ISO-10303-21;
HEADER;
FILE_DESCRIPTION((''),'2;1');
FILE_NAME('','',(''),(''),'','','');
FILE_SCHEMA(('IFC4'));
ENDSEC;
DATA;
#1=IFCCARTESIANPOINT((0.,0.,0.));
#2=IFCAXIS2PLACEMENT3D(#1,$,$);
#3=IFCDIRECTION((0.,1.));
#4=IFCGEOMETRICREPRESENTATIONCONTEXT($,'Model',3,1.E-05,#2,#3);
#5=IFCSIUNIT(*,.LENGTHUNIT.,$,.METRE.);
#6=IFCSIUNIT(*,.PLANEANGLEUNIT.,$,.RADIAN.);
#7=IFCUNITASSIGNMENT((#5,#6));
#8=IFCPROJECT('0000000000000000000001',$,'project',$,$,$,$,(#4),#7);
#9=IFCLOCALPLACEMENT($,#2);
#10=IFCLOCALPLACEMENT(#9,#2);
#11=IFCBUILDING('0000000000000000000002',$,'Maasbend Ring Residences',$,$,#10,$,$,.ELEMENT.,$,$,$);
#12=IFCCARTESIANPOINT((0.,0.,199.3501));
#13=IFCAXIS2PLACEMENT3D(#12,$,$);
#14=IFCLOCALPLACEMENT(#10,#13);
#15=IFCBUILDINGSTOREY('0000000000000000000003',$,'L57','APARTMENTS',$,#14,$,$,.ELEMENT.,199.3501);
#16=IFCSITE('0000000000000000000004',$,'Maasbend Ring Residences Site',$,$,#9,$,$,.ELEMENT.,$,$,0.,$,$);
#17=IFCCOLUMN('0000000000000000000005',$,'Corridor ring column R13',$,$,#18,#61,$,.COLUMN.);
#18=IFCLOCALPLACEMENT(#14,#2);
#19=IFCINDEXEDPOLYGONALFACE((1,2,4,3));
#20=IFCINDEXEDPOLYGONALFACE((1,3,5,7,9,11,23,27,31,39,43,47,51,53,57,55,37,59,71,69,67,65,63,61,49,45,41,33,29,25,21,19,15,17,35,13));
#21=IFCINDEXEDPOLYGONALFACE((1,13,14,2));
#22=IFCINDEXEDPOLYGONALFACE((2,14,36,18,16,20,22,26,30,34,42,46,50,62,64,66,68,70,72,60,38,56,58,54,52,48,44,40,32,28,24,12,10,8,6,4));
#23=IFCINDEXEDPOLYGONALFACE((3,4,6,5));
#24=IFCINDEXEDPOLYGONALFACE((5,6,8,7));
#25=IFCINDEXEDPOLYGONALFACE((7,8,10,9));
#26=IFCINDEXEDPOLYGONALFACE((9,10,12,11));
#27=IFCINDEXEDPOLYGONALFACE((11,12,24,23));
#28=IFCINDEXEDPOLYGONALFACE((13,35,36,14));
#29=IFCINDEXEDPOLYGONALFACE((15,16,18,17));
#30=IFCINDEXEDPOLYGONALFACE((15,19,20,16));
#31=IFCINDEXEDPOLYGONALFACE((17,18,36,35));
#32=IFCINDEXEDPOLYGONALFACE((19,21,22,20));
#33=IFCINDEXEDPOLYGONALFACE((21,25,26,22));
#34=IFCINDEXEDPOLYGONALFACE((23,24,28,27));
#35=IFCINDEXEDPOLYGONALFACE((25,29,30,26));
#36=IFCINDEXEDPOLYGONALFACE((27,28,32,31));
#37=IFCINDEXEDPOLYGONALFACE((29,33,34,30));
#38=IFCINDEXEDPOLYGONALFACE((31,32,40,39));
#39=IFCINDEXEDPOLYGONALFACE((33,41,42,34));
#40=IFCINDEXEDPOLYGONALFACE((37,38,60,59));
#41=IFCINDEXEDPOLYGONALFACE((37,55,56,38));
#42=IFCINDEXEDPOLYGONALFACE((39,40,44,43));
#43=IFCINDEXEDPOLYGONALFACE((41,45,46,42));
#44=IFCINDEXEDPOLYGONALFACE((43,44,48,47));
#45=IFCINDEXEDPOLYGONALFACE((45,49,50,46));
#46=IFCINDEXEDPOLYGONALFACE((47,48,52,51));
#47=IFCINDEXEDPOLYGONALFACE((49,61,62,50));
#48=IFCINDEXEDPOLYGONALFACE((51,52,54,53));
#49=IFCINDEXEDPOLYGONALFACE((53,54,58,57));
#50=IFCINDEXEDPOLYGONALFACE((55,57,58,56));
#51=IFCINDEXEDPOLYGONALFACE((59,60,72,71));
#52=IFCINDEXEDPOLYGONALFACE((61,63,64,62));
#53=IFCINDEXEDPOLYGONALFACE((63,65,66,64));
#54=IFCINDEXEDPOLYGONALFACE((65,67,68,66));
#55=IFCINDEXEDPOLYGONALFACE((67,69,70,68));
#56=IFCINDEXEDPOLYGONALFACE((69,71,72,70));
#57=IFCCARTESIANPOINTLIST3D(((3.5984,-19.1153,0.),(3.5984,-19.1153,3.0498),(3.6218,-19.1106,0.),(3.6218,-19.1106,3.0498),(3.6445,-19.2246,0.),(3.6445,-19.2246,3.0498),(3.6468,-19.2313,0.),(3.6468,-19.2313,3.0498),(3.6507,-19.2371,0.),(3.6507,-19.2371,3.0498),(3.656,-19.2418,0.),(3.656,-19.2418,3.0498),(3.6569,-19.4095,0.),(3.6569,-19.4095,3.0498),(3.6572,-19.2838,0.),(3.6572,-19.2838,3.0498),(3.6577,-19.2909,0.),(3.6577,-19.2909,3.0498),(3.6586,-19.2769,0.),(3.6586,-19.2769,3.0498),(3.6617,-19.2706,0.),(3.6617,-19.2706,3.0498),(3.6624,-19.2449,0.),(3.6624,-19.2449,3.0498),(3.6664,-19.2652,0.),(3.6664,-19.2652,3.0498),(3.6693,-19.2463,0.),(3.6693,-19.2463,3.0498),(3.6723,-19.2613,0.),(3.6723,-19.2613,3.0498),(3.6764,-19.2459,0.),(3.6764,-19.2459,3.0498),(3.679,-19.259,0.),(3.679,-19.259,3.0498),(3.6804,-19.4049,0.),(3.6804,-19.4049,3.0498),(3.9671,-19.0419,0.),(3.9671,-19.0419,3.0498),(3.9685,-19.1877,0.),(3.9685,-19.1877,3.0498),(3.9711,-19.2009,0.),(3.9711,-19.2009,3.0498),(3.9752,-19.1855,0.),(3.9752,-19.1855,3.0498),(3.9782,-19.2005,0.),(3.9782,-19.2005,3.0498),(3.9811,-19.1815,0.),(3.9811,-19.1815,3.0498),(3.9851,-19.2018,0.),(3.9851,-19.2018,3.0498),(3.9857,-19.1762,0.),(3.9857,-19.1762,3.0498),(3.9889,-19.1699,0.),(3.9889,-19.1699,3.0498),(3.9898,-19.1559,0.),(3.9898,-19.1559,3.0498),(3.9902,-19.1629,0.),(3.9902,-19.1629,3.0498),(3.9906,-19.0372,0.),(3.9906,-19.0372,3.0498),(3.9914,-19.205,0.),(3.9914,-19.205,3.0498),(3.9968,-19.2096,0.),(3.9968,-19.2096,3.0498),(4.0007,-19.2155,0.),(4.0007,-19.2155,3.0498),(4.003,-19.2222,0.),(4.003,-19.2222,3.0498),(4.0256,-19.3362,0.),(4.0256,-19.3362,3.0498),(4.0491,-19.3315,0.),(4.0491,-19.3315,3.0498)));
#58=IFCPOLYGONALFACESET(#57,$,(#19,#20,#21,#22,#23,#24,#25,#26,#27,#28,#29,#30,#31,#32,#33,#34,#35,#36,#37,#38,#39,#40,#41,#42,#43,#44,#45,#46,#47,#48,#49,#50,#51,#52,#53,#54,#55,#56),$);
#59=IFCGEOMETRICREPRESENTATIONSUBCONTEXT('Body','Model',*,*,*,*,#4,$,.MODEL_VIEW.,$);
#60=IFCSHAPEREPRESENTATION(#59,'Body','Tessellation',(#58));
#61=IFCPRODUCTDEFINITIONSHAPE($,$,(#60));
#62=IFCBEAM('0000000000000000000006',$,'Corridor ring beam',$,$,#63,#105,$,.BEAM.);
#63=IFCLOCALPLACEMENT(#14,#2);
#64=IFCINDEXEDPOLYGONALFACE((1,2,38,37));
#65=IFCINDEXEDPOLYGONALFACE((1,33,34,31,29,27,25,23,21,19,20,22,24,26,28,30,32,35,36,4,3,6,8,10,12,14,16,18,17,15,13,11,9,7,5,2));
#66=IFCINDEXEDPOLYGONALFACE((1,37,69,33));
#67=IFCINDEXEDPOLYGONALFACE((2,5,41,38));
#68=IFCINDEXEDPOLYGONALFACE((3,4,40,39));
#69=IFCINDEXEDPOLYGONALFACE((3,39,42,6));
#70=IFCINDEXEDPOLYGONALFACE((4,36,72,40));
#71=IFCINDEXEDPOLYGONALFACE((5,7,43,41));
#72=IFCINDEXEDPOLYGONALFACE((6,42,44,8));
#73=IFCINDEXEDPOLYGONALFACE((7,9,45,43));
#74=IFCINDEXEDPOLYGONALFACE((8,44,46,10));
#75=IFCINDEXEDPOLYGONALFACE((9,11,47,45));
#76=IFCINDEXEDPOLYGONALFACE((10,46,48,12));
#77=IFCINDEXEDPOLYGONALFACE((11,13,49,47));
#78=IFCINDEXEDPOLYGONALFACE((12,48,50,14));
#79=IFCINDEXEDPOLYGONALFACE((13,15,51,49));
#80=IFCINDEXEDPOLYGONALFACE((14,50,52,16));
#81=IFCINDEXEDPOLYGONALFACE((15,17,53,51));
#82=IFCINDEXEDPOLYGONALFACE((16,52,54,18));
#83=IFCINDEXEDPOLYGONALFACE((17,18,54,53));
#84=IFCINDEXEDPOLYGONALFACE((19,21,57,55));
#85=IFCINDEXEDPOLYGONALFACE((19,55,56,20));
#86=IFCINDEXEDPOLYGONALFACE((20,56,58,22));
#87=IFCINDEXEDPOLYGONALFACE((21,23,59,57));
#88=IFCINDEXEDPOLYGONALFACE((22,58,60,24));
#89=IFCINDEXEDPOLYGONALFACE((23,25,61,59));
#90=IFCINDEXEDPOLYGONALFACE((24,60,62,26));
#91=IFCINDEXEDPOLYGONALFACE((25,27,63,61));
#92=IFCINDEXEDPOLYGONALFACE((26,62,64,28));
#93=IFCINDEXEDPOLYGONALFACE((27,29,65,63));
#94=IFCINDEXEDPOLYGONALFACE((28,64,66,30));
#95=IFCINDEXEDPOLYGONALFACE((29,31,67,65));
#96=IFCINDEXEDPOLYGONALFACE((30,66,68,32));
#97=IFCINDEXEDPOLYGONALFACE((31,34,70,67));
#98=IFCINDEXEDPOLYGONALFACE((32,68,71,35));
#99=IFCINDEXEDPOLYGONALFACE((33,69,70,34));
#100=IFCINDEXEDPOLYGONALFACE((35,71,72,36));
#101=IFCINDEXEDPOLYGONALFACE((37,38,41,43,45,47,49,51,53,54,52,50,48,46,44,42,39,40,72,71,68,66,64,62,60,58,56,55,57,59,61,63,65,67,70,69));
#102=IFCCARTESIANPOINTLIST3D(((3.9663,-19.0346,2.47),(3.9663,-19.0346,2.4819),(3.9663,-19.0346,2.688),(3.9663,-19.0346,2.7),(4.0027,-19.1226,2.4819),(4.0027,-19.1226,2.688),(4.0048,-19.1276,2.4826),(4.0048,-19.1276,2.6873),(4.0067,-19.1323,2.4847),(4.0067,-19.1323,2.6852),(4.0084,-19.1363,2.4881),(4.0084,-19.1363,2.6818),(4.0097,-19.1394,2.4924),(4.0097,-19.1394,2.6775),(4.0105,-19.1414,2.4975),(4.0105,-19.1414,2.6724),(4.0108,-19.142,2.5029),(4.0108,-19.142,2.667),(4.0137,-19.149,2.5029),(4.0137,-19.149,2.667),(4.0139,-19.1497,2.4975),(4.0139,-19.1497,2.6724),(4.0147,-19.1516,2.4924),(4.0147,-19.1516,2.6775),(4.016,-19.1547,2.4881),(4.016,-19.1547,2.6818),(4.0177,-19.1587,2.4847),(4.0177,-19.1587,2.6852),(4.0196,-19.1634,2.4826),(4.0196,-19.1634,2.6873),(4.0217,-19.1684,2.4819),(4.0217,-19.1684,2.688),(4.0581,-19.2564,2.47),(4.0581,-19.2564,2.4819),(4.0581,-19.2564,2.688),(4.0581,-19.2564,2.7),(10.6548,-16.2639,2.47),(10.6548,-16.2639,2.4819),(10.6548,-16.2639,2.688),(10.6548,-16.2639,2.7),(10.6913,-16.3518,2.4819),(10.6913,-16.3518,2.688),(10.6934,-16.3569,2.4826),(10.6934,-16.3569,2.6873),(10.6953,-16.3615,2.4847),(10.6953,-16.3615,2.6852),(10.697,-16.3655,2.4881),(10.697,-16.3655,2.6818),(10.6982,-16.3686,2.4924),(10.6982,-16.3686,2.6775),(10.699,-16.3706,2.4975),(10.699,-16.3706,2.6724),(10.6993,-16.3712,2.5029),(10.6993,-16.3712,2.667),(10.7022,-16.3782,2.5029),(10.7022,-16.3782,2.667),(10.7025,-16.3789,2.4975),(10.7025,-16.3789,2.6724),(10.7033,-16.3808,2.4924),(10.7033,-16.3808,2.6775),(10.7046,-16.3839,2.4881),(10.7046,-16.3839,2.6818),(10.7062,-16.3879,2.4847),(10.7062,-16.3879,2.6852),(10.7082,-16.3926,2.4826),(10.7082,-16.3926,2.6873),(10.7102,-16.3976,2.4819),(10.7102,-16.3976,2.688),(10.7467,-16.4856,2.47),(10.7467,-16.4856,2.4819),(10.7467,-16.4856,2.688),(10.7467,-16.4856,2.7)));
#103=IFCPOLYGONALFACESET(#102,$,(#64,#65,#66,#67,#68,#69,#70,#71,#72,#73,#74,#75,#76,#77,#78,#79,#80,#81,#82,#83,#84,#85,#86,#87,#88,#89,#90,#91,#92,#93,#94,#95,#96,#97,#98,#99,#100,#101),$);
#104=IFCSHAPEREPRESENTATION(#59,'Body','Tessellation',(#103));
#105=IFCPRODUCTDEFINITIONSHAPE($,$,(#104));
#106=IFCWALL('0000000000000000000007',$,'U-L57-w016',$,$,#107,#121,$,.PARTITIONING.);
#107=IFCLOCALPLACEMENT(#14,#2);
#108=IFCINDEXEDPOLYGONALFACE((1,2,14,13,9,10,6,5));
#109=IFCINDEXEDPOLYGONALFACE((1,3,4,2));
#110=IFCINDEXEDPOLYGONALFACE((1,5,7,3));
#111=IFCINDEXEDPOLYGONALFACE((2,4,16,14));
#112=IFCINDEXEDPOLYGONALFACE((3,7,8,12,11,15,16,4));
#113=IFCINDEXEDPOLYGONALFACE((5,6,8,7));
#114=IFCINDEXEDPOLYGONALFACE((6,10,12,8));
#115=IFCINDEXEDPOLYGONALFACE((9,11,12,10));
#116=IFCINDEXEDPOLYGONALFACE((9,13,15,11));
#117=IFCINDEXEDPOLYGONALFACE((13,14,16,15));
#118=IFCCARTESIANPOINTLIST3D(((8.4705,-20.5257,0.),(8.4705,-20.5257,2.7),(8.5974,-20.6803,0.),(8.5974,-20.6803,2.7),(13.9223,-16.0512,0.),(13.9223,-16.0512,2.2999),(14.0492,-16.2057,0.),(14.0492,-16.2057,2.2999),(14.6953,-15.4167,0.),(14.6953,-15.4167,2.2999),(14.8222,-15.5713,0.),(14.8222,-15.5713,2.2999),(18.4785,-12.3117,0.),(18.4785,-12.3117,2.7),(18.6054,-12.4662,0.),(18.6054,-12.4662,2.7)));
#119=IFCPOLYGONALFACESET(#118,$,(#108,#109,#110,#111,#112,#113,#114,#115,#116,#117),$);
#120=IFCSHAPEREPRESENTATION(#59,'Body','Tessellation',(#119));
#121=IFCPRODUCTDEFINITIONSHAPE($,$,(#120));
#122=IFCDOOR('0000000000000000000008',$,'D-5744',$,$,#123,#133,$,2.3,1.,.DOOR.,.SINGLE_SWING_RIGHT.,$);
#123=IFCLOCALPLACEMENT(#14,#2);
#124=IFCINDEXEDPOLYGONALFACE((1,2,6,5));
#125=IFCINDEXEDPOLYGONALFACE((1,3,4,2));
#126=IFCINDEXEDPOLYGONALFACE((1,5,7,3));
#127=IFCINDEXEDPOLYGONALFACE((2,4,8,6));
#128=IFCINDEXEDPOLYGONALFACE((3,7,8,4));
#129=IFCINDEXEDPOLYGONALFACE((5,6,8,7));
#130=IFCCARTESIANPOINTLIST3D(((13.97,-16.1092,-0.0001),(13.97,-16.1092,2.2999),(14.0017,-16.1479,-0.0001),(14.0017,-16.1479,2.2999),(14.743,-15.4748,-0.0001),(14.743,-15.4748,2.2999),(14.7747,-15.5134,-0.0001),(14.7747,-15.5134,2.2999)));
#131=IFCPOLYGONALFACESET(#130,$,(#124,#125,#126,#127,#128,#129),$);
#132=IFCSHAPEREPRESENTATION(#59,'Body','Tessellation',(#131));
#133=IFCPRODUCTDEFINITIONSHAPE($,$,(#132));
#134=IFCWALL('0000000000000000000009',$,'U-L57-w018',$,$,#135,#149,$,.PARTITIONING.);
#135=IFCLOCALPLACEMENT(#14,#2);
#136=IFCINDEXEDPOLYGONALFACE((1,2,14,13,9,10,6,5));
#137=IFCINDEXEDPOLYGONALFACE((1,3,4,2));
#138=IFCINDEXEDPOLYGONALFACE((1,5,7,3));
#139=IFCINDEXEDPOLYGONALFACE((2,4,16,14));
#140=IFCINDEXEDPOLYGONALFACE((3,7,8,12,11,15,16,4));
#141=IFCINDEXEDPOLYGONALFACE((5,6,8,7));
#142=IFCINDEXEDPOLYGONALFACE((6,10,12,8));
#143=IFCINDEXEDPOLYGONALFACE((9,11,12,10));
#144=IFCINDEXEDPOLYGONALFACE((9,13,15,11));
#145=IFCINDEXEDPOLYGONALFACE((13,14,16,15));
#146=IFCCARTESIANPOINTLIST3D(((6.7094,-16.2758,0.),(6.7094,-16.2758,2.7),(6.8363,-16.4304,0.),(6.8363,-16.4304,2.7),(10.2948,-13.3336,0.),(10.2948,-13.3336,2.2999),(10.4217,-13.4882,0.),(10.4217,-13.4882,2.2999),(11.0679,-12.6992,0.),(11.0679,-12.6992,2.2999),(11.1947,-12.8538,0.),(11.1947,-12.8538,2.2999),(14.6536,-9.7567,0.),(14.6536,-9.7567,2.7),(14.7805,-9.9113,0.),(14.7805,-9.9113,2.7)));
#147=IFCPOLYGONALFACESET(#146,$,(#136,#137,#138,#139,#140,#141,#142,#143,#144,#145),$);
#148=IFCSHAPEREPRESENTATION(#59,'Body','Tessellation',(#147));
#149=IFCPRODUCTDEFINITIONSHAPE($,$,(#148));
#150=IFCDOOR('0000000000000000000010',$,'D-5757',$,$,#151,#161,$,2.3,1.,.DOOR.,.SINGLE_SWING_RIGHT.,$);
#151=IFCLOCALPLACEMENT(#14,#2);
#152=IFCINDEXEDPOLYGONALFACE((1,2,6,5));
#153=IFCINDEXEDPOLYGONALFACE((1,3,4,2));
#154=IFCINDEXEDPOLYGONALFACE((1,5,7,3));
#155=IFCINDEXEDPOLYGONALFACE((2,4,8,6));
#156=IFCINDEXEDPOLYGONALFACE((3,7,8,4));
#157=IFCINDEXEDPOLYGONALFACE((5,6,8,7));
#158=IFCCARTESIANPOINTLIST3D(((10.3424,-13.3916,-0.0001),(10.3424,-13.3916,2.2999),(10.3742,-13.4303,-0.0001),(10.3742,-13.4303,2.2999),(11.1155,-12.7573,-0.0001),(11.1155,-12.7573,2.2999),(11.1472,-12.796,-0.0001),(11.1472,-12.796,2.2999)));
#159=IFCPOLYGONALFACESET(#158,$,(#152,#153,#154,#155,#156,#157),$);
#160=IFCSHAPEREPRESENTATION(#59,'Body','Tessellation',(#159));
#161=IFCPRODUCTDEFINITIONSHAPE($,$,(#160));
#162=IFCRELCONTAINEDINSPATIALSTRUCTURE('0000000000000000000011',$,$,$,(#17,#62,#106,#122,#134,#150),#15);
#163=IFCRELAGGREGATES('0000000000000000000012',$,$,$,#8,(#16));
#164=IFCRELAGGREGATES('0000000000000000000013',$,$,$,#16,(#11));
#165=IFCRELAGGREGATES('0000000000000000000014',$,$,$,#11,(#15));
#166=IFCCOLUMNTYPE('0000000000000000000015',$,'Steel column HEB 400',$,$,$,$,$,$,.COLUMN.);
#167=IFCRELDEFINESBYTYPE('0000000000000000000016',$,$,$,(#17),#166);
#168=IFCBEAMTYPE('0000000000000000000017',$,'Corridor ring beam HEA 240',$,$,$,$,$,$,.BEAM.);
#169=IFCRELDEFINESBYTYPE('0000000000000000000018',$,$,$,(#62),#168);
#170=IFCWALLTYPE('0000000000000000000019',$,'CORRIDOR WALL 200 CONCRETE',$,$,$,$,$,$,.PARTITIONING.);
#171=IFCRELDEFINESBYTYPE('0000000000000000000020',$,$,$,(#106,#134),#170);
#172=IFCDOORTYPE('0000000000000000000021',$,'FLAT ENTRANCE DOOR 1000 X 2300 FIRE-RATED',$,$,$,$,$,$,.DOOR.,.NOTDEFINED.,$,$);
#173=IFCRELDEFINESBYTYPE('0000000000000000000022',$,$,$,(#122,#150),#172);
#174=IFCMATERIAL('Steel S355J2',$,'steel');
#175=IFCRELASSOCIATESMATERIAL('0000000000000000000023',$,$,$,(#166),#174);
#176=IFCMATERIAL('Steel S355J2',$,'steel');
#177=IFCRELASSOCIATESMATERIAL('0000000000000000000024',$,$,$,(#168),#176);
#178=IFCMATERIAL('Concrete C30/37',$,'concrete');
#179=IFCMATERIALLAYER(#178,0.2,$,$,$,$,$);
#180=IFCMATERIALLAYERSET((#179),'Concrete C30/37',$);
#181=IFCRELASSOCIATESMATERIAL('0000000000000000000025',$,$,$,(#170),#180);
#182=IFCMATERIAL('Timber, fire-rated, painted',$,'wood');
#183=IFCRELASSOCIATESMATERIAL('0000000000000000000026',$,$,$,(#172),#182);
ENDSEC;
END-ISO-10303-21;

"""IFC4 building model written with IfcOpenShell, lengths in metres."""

from ifc_helpers import new_model, si_unit, direction, frame, frame_2d, origin, origin_2d, place, context, subcontext, project, spatial, rectangle, i_section, extrude, material, layer, layer_set, material_profile, profile_set, type_object, element, fill, save


model = new_model("IFC4")

# Units and contexts
model_context = context("Model", 3, precision=1e-05, world=origin(), true_north=direction((0.0, 1.0)))
body_context = subcontext(model_context, "Body", "Model", "MODEL_VIEW")
ifc_project = project(units=[si_unit("LENGTHUNIT", "METRE"), si_unit("PLANEANGLEUNIT", "RADIAN")], contexts=[model_context])

# Site, building, storey
site_placement = place(None, origin())
site = spatial("IfcSite", under=ifc_project, at=site_placement, Name="Maasbend Ring Residences Site", CompositionType="ELEMENT", RefElevation=0.0)
building_placement = place(site_placement, origin())
building = spatial("IfcBuilding", under=site, at=building_placement, Name="Maasbend Ring Residences", CompositionType="ELEMENT")
storey_placement = place(building_placement, frame((0.0, 0.0, 199.3501)))
storey = spatial("IfcBuildingStorey", under=building, at=storey_placement, Name="L57", Description="APARTMENTS", CompositionType="ELEMENT", Elevation=199.3501)

# Column
ifc_material_1 = material(Name="Steel S355J2", Category="steel")
ifc_material_profile_1 = material_profile(ifc_material_1, i_section(OverallWidth=0.3, OverallDepth=0.3999, WebThickness=0.0134, FlangeThickness=0.0239, FilletRadius=0.0271, at=origin_2d()), Name="HEB 400")
ifc_profile_set_1 = profile_set([ifc_material_profile_1], Name="Steel S355J2")
column_type = type_object("IfcColumnType", Name="Steel column HEB 400", PredefinedType="COLUMN", material=ifc_profile_set_1)
column_placement = place(storey_placement, frame((3.8237, -19.2234, 0.0), z_axis=(0.0, 0.0, 1.0), x_axis=(0.19509, -0.980785, 0.0)))
element("IfcColumn", 1, at=column_placement, inside=storey, type_object=column_type, Name="Corridor ring column R13", PredefinedType="COLUMN", context=body_context, shape_type="SweptSolid", body=[
    extrude(i_section(OverallWidth=0.3, OverallDepth=0.3999, WebThickness=0.0134, FlangeThickness=0.0239, FilletRadius=0.0271, at=origin_2d()), origin(), (0.0, 0.0, 1.0), 3.0498),
])

# Beam
ifc_material_2 = material(Name="Steel S355J2", Category="steel")
ifc_material_profile_2 = material_profile(ifc_material_2, i_section(OverallWidth=0.24, OverallDepth=0.23, WebThickness=0.0076, FlangeThickness=0.012, FilletRadius=0.021, at=origin_2d()), Name="HEA 240")
ifc_profile_set_2 = profile_set([ifc_material_profile_2], Name="Steel S355J2")
beam_type = type_object("IfcBeamType", Name="Corridor ring beam HEA 240", PredefinedType="BEAM", material=ifc_profile_set_2)
beam_placement = place(storey_placement, frame((4.0122, -19.1455, 2.585), z_axis=(0.923865, 0.382718, 0.0), x_axis=(-0.382718, 0.923865, 0.0)))
element("IfcBeam", 2, at=beam_placement, inside=storey, type_object=beam_type, Name="Corridor ring beam", PredefinedType="BEAM", context=body_context, shape_type="SweptSolid", body=[
    extrude(i_section(OverallWidth=0.24, OverallDepth=0.23, WebThickness=0.0076, FlangeThickness=0.012, FilletRadius=0.021, at=origin_2d()), origin(), (0.0, 0.0, 1.0), 7.2397),
])

# Walls, openings, doors
ifc_material_3 = material(Name="Concrete C30/37", Category="concrete")
ifc_layer_1 = layer(ifc_material_3, 0.2)
ifc_layer_set_1 = layer_set([ifc_layer_1], Name="Concrete C30/37")
wall_type_1 = type_object("IfcWallType", Name="CORRIDOR WALL 200 CONCRETE", PredefinedType="PARTITIONING", material=ifc_layer_set_1)
wall_1_placement = place(storey_placement, frame((8.5339, -20.603, 0.0), z_axis=(0.0, 0.0, 1.0), x_axis=(0.772984, 0.634426, 0.0)))
wall_1 = element("IfcWall", 3, at=wall_1_placement, inside=storey, type_object=wall_type_1, Name="U-L57-w016", PredefinedType="PARTITIONING", context=body_context, shape_type="SweptSolid", body=[
    extrude(rectangle(XDim=12.9473, YDim=0.2, at=frame_2d((6.4736, 0.0))), origin(), (0.0, 0.0, 1.0), 2.7),
])
opening_1_placement = place(wall_1_placement, frame((7.053, 0.0, 0.0)))
opening_1 = element("IfcOpeningElement", 4, at=opening_1_placement, cuts=wall_1, PredefinedType="OPENING", context=body_context, shape_type="SweptSolid", body=[
    extrude(rectangle(XDim=1.0, YDim=2.3, at=frame_2d((0.5, 1.1499))), frame((0.0, 0.1099, 0.0), z_axis=(0.0, -1.0, 0.0), x_axis=(1.0, 0.0, 0.0)), (0.0, 0.0, 1.0), 0.22),
])
ifc_material_4 = material(Name="Timber, fire-rated, painted", Category="wood")
door_type_1 = type_object("IfcDoorType", Name="FLAT ENTRANCE DOOR 1000 X 2300 FIRE-RATED", OperationType="NOTDEFINED", PredefinedType="DOOR", material=ifc_material_4)
door_1_placement = place(opening_1_placement, origin())
door_1 = element("IfcDoor", 5, at=door_1_placement, inside=storey, type_object=door_type_1, Name="D-5744", OperationType="SINGLE_SWING_RIGHT", OverallHeight=2.3, OverallWidth=1.0, PredefinedType="DOOR", context=body_context, shape_type="SweptSolid", body=[
    extrude(rectangle(XDim=1.0, YDim=2.3, at=frame_2d((0.5, 1.1499))), frame((0.0, 0.0249, 0.0), z_axis=(0.0, -1.0, 0.0), x_axis=(1.0, 0.0, 0.0)), (0.0, 0.0, 1.0), 0.05),
])
fill(opening_1, door_1)
wall_2_placement = place(storey_placement, frame((6.7729, -16.353, 0.0), z_axis=(0.0, 0.0, 1.0), x_axis=(0.773035, 0.634364, 0.0)))
wall_2 = element("IfcWall", 6, at=wall_2_placement, inside=storey, type_object=wall_type_1, Name="U-L57-w018", PredefinedType="PARTITIONING", context=body_context, shape_type="SweptSolid", body=[
    extrude(rectangle(XDim=10.2766, YDim=0.2, at=frame_2d((5.1382, 0.0))), origin(), (0.0, 0.0, 1.0), 2.7),
])
opening_2_placement = place(wall_2_placement, frame((4.6379, 0.0, 0.0)))
opening_2 = element("IfcOpeningElement", 7, at=opening_2_placement, cuts=wall_2, PredefinedType="OPENING", context=body_context, shape_type="SweptSolid", body=[
    extrude(rectangle(XDim=1.0, YDim=2.3, at=frame_2d((0.5, 1.1499))), frame((0.0, 0.1099, 0.0), z_axis=(0.0, -1.0, 0.0), x_axis=(1.0, 0.0, 0.0)), (0.0, 0.0, 1.0), 0.22),
])
door_2_placement = place(opening_2_placement, origin())
door_2 = element("IfcDoor", 8, at=door_2_placement, inside=storey, type_object=door_type_1, Name="D-5757", OperationType="SINGLE_SWING_RIGHT", OverallHeight=2.3, OverallWidth=1.0, PredefinedType="DOOR", context=body_context, shape_type="SweptSolid", body=[
    extrude(rectangle(XDim=1.0, YDim=2.3, at=frame_2d((0.5, 1.1499))), frame((0.0, 0.0249, 0.0), z_axis=(0.0, -1.0, 0.0), x_axis=(1.0, 0.0, 0.0)), (0.0, 0.0, 1.0), 0.05),
])
fill(opening_2, door_2)

save(model, "model.ifc")
